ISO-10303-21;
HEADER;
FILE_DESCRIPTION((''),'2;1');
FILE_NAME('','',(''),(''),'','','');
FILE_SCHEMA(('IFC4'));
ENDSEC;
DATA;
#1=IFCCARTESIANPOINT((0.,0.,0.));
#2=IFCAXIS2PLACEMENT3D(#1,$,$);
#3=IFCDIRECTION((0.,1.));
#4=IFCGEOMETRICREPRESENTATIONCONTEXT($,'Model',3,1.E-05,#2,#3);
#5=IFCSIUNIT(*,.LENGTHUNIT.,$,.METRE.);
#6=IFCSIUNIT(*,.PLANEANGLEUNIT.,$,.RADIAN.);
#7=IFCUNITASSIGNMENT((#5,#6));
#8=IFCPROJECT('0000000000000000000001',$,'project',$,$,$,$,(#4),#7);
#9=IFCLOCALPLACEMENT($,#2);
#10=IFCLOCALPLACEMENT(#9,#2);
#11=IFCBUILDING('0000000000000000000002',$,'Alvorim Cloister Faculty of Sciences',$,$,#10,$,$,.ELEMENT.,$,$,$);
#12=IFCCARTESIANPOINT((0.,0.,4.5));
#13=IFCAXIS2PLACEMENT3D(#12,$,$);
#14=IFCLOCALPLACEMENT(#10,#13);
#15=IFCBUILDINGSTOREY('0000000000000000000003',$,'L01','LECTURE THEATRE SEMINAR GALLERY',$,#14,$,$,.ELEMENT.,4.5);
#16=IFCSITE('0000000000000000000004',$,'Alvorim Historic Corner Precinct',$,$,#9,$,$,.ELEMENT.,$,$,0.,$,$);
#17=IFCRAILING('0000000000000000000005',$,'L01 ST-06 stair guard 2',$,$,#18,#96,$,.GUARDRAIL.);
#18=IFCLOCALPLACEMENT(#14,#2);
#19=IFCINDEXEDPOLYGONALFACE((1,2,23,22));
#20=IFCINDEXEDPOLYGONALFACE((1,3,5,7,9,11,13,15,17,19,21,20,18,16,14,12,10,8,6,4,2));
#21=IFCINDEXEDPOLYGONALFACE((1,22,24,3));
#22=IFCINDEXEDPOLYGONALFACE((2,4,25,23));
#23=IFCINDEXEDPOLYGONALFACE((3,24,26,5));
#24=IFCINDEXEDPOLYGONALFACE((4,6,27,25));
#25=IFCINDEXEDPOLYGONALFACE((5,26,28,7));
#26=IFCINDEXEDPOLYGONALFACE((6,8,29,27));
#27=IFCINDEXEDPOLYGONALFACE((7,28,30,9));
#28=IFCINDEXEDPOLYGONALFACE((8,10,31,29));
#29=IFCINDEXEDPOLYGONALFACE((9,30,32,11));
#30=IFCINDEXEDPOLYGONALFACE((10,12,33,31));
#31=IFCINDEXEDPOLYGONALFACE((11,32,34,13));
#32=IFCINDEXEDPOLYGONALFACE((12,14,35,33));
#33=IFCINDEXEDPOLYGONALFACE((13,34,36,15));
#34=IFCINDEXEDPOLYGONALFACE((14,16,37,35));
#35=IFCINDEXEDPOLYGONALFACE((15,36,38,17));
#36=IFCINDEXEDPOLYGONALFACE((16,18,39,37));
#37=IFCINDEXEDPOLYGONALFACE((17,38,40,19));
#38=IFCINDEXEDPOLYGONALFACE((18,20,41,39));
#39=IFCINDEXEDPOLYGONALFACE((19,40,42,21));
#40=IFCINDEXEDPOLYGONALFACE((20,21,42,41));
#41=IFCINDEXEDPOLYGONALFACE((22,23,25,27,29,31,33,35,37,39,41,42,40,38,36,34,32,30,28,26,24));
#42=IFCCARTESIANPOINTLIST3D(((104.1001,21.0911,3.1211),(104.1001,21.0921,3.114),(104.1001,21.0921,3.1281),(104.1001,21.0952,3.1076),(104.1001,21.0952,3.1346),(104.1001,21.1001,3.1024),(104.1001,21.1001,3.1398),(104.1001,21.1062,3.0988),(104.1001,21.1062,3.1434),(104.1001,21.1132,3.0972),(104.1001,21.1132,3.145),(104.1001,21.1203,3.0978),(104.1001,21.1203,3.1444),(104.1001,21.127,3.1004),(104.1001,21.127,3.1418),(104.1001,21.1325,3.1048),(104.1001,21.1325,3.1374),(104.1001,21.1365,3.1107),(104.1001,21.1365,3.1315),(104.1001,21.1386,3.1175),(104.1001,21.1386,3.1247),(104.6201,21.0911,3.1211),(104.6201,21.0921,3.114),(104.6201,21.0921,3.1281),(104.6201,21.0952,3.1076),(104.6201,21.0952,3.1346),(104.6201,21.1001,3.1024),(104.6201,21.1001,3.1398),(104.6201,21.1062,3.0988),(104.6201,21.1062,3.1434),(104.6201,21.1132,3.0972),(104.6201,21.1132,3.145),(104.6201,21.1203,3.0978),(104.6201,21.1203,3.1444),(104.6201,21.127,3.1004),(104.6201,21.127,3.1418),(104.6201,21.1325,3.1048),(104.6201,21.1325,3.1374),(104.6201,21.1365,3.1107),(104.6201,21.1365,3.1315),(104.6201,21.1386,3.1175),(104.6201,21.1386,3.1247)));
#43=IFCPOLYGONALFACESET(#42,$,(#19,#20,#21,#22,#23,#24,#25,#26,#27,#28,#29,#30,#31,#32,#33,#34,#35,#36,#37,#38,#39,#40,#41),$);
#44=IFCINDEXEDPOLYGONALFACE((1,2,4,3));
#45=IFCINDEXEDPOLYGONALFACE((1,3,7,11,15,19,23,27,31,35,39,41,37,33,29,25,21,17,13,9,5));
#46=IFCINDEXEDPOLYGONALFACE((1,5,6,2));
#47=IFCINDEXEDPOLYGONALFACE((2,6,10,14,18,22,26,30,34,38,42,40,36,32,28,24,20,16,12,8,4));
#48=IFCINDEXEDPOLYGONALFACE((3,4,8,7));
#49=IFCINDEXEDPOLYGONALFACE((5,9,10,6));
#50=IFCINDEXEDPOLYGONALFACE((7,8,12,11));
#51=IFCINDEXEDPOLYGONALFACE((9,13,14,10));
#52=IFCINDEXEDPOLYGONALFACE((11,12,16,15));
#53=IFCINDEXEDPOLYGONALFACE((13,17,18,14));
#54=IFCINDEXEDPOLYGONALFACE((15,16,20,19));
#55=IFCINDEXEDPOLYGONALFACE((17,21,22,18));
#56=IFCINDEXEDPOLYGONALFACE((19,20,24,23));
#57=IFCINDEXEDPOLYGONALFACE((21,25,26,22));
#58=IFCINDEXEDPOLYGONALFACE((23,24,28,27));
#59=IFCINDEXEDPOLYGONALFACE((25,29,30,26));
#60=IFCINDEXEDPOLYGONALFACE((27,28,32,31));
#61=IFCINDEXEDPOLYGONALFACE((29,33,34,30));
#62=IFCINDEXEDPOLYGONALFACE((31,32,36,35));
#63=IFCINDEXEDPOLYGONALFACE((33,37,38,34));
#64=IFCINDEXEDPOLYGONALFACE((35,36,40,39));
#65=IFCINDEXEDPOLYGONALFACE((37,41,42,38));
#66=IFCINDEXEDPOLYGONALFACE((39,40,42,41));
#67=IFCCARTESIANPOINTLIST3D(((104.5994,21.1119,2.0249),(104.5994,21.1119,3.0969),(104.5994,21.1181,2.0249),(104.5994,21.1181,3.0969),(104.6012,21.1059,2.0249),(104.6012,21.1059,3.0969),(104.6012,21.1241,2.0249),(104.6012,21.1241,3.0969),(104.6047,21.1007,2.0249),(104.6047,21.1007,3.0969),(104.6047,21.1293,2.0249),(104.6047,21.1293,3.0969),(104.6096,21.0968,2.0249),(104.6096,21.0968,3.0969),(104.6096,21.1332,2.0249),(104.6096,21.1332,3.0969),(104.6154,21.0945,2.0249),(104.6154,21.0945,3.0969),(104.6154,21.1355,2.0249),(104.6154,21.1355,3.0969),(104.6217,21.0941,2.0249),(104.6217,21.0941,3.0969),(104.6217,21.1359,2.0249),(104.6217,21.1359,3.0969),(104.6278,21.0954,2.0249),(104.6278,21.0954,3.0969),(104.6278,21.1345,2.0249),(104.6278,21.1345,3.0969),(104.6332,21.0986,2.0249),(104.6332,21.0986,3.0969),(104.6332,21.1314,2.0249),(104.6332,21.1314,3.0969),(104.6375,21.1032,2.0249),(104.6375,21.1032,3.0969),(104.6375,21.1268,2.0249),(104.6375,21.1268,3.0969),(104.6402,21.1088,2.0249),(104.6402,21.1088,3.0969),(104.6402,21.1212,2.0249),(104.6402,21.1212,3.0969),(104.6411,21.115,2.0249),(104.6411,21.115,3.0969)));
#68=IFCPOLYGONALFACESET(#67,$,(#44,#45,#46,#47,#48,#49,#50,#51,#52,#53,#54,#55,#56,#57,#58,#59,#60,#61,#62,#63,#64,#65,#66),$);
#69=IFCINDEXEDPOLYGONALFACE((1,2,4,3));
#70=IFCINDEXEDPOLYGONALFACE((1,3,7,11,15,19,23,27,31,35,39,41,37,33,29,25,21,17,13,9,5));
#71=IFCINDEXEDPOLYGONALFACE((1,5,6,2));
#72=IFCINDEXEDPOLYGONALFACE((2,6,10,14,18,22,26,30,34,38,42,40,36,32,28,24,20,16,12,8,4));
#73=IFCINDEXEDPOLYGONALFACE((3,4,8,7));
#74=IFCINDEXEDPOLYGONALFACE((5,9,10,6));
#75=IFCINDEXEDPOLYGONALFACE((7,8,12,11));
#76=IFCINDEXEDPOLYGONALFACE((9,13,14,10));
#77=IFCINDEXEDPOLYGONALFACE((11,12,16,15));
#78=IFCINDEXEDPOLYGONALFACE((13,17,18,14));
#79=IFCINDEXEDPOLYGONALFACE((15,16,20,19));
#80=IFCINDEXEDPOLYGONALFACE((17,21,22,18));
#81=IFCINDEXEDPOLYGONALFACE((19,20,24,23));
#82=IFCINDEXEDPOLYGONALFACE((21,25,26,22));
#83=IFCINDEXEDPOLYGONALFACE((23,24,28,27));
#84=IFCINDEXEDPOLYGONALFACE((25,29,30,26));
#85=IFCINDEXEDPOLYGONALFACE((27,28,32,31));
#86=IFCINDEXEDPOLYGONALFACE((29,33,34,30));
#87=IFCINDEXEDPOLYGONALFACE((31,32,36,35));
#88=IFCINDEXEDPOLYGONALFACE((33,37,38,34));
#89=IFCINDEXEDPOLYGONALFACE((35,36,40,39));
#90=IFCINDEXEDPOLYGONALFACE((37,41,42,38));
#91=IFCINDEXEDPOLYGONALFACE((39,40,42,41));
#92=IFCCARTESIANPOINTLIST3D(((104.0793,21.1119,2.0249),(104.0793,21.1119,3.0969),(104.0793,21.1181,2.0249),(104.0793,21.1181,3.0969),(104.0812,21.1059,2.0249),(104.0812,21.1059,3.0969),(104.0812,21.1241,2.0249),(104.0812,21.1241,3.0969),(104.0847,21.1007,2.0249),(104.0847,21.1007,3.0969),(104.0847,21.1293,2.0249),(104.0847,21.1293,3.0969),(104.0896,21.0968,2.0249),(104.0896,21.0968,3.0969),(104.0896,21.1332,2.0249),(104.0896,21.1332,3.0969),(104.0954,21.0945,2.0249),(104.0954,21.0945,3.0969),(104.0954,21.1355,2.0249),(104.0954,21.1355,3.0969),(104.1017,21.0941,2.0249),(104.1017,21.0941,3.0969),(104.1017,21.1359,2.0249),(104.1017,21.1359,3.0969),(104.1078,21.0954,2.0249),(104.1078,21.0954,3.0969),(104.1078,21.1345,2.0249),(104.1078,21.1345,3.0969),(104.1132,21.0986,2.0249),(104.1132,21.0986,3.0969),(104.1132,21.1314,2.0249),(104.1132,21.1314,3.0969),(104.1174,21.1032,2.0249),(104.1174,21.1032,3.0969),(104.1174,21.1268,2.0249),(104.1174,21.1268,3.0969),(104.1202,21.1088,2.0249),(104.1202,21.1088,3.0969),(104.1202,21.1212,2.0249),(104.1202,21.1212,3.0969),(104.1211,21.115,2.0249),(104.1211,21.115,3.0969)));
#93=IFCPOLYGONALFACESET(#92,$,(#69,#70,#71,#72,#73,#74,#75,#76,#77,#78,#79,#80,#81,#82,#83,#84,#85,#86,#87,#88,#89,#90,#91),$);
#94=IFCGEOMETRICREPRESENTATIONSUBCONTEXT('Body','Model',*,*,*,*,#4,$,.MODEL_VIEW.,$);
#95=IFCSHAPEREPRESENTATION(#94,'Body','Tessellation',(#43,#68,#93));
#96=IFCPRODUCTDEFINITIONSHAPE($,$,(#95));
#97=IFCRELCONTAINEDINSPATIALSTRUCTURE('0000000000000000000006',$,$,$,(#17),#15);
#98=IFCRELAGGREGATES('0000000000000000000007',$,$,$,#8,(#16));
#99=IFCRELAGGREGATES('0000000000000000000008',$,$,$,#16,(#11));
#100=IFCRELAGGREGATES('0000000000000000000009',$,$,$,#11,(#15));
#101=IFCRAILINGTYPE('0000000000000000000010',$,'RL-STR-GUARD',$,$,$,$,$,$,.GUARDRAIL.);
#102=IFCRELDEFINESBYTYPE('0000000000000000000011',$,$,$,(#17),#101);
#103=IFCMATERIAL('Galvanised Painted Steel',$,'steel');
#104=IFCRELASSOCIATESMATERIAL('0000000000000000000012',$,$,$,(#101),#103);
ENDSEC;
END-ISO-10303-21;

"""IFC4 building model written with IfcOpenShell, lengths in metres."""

from ifc_helpers import new_model, si_unit, direction, frame, origin, origin_2d, place, context, subcontext, project, spatial, circle, extrude, material, type_object, element, save


model = new_model("IFC4")

# Units and contexts
model_context = context("Model", 3, precision=1e-05, world=origin(), true_north=direction((0.0, 1.0)))
body_context = subcontext(model_context, "Body", "Model", "MODEL_VIEW")
ifc_project = project(units=[si_unit("LENGTHUNIT", "METRE"), si_unit("PLANEANGLEUNIT", "RADIAN")], contexts=[model_context])

# Site, building, storey
site_placement = place(None, origin())
site = spatial("IfcSite", under=ifc_project, at=site_placement, Name="Alvorim Historic Corner Precinct", CompositionType="ELEMENT", RefElevation=0.0)
building_placement = place(site_placement, origin())
building = spatial("IfcBuilding", under=site, at=building_placement, Name="Alvorim Cloister Faculty of Sciences", CompositionType="ELEMENT")
storey_placement = place(building_placement, frame((0.0, 0.0, 4.5)))
storey = spatial("IfcBuildingStorey", under=building, at=storey_placement, Name="L01", Description="LECTURE THEATRE SEMINAR GALLERY", CompositionType="ELEMENT", Elevation=4.5)

# Railing
ifc_material_1 = material(Name="Galvanised Painted Steel", Category="steel")
railing_type_1 = type_object("IfcRailingType", Name="RL-STR-GUARD", PredefinedType="GUARDRAIL", material=ifc_material_1)
railing_1_placement = place(storey_placement, frame((104.6201, 21.115, 2.0249)))
element("IfcRailing", 1, at=railing_1_placement, inside=storey, type_object=railing_type_1, Name="L01 ST-06 stair guard 2", PredefinedType="GUARDRAIL", context=body_context, shape_type="SweptSolid", body=[
    extrude(circle(Radius=0.0239, at=origin_2d()), frame((0.0, 0.0, 1.0962), z_axis=(-1.0, 0.0, 0.0), x_axis=(0.0, -1.0, 0.0)), (0.0, 0.0, 1.0), 0.52),
    extrude(circle(Radius=0.021, at=origin_2d()), origin(), (0.0, 0.0, 1.0), 1.072),
    extrude(circle(Radius=0.021, at=origin_2d()), frame((-0.52, 0.0, 0.0)), (0.0, 0.0, 1.0), 1.072),
])

save(model, "model.ifc")
